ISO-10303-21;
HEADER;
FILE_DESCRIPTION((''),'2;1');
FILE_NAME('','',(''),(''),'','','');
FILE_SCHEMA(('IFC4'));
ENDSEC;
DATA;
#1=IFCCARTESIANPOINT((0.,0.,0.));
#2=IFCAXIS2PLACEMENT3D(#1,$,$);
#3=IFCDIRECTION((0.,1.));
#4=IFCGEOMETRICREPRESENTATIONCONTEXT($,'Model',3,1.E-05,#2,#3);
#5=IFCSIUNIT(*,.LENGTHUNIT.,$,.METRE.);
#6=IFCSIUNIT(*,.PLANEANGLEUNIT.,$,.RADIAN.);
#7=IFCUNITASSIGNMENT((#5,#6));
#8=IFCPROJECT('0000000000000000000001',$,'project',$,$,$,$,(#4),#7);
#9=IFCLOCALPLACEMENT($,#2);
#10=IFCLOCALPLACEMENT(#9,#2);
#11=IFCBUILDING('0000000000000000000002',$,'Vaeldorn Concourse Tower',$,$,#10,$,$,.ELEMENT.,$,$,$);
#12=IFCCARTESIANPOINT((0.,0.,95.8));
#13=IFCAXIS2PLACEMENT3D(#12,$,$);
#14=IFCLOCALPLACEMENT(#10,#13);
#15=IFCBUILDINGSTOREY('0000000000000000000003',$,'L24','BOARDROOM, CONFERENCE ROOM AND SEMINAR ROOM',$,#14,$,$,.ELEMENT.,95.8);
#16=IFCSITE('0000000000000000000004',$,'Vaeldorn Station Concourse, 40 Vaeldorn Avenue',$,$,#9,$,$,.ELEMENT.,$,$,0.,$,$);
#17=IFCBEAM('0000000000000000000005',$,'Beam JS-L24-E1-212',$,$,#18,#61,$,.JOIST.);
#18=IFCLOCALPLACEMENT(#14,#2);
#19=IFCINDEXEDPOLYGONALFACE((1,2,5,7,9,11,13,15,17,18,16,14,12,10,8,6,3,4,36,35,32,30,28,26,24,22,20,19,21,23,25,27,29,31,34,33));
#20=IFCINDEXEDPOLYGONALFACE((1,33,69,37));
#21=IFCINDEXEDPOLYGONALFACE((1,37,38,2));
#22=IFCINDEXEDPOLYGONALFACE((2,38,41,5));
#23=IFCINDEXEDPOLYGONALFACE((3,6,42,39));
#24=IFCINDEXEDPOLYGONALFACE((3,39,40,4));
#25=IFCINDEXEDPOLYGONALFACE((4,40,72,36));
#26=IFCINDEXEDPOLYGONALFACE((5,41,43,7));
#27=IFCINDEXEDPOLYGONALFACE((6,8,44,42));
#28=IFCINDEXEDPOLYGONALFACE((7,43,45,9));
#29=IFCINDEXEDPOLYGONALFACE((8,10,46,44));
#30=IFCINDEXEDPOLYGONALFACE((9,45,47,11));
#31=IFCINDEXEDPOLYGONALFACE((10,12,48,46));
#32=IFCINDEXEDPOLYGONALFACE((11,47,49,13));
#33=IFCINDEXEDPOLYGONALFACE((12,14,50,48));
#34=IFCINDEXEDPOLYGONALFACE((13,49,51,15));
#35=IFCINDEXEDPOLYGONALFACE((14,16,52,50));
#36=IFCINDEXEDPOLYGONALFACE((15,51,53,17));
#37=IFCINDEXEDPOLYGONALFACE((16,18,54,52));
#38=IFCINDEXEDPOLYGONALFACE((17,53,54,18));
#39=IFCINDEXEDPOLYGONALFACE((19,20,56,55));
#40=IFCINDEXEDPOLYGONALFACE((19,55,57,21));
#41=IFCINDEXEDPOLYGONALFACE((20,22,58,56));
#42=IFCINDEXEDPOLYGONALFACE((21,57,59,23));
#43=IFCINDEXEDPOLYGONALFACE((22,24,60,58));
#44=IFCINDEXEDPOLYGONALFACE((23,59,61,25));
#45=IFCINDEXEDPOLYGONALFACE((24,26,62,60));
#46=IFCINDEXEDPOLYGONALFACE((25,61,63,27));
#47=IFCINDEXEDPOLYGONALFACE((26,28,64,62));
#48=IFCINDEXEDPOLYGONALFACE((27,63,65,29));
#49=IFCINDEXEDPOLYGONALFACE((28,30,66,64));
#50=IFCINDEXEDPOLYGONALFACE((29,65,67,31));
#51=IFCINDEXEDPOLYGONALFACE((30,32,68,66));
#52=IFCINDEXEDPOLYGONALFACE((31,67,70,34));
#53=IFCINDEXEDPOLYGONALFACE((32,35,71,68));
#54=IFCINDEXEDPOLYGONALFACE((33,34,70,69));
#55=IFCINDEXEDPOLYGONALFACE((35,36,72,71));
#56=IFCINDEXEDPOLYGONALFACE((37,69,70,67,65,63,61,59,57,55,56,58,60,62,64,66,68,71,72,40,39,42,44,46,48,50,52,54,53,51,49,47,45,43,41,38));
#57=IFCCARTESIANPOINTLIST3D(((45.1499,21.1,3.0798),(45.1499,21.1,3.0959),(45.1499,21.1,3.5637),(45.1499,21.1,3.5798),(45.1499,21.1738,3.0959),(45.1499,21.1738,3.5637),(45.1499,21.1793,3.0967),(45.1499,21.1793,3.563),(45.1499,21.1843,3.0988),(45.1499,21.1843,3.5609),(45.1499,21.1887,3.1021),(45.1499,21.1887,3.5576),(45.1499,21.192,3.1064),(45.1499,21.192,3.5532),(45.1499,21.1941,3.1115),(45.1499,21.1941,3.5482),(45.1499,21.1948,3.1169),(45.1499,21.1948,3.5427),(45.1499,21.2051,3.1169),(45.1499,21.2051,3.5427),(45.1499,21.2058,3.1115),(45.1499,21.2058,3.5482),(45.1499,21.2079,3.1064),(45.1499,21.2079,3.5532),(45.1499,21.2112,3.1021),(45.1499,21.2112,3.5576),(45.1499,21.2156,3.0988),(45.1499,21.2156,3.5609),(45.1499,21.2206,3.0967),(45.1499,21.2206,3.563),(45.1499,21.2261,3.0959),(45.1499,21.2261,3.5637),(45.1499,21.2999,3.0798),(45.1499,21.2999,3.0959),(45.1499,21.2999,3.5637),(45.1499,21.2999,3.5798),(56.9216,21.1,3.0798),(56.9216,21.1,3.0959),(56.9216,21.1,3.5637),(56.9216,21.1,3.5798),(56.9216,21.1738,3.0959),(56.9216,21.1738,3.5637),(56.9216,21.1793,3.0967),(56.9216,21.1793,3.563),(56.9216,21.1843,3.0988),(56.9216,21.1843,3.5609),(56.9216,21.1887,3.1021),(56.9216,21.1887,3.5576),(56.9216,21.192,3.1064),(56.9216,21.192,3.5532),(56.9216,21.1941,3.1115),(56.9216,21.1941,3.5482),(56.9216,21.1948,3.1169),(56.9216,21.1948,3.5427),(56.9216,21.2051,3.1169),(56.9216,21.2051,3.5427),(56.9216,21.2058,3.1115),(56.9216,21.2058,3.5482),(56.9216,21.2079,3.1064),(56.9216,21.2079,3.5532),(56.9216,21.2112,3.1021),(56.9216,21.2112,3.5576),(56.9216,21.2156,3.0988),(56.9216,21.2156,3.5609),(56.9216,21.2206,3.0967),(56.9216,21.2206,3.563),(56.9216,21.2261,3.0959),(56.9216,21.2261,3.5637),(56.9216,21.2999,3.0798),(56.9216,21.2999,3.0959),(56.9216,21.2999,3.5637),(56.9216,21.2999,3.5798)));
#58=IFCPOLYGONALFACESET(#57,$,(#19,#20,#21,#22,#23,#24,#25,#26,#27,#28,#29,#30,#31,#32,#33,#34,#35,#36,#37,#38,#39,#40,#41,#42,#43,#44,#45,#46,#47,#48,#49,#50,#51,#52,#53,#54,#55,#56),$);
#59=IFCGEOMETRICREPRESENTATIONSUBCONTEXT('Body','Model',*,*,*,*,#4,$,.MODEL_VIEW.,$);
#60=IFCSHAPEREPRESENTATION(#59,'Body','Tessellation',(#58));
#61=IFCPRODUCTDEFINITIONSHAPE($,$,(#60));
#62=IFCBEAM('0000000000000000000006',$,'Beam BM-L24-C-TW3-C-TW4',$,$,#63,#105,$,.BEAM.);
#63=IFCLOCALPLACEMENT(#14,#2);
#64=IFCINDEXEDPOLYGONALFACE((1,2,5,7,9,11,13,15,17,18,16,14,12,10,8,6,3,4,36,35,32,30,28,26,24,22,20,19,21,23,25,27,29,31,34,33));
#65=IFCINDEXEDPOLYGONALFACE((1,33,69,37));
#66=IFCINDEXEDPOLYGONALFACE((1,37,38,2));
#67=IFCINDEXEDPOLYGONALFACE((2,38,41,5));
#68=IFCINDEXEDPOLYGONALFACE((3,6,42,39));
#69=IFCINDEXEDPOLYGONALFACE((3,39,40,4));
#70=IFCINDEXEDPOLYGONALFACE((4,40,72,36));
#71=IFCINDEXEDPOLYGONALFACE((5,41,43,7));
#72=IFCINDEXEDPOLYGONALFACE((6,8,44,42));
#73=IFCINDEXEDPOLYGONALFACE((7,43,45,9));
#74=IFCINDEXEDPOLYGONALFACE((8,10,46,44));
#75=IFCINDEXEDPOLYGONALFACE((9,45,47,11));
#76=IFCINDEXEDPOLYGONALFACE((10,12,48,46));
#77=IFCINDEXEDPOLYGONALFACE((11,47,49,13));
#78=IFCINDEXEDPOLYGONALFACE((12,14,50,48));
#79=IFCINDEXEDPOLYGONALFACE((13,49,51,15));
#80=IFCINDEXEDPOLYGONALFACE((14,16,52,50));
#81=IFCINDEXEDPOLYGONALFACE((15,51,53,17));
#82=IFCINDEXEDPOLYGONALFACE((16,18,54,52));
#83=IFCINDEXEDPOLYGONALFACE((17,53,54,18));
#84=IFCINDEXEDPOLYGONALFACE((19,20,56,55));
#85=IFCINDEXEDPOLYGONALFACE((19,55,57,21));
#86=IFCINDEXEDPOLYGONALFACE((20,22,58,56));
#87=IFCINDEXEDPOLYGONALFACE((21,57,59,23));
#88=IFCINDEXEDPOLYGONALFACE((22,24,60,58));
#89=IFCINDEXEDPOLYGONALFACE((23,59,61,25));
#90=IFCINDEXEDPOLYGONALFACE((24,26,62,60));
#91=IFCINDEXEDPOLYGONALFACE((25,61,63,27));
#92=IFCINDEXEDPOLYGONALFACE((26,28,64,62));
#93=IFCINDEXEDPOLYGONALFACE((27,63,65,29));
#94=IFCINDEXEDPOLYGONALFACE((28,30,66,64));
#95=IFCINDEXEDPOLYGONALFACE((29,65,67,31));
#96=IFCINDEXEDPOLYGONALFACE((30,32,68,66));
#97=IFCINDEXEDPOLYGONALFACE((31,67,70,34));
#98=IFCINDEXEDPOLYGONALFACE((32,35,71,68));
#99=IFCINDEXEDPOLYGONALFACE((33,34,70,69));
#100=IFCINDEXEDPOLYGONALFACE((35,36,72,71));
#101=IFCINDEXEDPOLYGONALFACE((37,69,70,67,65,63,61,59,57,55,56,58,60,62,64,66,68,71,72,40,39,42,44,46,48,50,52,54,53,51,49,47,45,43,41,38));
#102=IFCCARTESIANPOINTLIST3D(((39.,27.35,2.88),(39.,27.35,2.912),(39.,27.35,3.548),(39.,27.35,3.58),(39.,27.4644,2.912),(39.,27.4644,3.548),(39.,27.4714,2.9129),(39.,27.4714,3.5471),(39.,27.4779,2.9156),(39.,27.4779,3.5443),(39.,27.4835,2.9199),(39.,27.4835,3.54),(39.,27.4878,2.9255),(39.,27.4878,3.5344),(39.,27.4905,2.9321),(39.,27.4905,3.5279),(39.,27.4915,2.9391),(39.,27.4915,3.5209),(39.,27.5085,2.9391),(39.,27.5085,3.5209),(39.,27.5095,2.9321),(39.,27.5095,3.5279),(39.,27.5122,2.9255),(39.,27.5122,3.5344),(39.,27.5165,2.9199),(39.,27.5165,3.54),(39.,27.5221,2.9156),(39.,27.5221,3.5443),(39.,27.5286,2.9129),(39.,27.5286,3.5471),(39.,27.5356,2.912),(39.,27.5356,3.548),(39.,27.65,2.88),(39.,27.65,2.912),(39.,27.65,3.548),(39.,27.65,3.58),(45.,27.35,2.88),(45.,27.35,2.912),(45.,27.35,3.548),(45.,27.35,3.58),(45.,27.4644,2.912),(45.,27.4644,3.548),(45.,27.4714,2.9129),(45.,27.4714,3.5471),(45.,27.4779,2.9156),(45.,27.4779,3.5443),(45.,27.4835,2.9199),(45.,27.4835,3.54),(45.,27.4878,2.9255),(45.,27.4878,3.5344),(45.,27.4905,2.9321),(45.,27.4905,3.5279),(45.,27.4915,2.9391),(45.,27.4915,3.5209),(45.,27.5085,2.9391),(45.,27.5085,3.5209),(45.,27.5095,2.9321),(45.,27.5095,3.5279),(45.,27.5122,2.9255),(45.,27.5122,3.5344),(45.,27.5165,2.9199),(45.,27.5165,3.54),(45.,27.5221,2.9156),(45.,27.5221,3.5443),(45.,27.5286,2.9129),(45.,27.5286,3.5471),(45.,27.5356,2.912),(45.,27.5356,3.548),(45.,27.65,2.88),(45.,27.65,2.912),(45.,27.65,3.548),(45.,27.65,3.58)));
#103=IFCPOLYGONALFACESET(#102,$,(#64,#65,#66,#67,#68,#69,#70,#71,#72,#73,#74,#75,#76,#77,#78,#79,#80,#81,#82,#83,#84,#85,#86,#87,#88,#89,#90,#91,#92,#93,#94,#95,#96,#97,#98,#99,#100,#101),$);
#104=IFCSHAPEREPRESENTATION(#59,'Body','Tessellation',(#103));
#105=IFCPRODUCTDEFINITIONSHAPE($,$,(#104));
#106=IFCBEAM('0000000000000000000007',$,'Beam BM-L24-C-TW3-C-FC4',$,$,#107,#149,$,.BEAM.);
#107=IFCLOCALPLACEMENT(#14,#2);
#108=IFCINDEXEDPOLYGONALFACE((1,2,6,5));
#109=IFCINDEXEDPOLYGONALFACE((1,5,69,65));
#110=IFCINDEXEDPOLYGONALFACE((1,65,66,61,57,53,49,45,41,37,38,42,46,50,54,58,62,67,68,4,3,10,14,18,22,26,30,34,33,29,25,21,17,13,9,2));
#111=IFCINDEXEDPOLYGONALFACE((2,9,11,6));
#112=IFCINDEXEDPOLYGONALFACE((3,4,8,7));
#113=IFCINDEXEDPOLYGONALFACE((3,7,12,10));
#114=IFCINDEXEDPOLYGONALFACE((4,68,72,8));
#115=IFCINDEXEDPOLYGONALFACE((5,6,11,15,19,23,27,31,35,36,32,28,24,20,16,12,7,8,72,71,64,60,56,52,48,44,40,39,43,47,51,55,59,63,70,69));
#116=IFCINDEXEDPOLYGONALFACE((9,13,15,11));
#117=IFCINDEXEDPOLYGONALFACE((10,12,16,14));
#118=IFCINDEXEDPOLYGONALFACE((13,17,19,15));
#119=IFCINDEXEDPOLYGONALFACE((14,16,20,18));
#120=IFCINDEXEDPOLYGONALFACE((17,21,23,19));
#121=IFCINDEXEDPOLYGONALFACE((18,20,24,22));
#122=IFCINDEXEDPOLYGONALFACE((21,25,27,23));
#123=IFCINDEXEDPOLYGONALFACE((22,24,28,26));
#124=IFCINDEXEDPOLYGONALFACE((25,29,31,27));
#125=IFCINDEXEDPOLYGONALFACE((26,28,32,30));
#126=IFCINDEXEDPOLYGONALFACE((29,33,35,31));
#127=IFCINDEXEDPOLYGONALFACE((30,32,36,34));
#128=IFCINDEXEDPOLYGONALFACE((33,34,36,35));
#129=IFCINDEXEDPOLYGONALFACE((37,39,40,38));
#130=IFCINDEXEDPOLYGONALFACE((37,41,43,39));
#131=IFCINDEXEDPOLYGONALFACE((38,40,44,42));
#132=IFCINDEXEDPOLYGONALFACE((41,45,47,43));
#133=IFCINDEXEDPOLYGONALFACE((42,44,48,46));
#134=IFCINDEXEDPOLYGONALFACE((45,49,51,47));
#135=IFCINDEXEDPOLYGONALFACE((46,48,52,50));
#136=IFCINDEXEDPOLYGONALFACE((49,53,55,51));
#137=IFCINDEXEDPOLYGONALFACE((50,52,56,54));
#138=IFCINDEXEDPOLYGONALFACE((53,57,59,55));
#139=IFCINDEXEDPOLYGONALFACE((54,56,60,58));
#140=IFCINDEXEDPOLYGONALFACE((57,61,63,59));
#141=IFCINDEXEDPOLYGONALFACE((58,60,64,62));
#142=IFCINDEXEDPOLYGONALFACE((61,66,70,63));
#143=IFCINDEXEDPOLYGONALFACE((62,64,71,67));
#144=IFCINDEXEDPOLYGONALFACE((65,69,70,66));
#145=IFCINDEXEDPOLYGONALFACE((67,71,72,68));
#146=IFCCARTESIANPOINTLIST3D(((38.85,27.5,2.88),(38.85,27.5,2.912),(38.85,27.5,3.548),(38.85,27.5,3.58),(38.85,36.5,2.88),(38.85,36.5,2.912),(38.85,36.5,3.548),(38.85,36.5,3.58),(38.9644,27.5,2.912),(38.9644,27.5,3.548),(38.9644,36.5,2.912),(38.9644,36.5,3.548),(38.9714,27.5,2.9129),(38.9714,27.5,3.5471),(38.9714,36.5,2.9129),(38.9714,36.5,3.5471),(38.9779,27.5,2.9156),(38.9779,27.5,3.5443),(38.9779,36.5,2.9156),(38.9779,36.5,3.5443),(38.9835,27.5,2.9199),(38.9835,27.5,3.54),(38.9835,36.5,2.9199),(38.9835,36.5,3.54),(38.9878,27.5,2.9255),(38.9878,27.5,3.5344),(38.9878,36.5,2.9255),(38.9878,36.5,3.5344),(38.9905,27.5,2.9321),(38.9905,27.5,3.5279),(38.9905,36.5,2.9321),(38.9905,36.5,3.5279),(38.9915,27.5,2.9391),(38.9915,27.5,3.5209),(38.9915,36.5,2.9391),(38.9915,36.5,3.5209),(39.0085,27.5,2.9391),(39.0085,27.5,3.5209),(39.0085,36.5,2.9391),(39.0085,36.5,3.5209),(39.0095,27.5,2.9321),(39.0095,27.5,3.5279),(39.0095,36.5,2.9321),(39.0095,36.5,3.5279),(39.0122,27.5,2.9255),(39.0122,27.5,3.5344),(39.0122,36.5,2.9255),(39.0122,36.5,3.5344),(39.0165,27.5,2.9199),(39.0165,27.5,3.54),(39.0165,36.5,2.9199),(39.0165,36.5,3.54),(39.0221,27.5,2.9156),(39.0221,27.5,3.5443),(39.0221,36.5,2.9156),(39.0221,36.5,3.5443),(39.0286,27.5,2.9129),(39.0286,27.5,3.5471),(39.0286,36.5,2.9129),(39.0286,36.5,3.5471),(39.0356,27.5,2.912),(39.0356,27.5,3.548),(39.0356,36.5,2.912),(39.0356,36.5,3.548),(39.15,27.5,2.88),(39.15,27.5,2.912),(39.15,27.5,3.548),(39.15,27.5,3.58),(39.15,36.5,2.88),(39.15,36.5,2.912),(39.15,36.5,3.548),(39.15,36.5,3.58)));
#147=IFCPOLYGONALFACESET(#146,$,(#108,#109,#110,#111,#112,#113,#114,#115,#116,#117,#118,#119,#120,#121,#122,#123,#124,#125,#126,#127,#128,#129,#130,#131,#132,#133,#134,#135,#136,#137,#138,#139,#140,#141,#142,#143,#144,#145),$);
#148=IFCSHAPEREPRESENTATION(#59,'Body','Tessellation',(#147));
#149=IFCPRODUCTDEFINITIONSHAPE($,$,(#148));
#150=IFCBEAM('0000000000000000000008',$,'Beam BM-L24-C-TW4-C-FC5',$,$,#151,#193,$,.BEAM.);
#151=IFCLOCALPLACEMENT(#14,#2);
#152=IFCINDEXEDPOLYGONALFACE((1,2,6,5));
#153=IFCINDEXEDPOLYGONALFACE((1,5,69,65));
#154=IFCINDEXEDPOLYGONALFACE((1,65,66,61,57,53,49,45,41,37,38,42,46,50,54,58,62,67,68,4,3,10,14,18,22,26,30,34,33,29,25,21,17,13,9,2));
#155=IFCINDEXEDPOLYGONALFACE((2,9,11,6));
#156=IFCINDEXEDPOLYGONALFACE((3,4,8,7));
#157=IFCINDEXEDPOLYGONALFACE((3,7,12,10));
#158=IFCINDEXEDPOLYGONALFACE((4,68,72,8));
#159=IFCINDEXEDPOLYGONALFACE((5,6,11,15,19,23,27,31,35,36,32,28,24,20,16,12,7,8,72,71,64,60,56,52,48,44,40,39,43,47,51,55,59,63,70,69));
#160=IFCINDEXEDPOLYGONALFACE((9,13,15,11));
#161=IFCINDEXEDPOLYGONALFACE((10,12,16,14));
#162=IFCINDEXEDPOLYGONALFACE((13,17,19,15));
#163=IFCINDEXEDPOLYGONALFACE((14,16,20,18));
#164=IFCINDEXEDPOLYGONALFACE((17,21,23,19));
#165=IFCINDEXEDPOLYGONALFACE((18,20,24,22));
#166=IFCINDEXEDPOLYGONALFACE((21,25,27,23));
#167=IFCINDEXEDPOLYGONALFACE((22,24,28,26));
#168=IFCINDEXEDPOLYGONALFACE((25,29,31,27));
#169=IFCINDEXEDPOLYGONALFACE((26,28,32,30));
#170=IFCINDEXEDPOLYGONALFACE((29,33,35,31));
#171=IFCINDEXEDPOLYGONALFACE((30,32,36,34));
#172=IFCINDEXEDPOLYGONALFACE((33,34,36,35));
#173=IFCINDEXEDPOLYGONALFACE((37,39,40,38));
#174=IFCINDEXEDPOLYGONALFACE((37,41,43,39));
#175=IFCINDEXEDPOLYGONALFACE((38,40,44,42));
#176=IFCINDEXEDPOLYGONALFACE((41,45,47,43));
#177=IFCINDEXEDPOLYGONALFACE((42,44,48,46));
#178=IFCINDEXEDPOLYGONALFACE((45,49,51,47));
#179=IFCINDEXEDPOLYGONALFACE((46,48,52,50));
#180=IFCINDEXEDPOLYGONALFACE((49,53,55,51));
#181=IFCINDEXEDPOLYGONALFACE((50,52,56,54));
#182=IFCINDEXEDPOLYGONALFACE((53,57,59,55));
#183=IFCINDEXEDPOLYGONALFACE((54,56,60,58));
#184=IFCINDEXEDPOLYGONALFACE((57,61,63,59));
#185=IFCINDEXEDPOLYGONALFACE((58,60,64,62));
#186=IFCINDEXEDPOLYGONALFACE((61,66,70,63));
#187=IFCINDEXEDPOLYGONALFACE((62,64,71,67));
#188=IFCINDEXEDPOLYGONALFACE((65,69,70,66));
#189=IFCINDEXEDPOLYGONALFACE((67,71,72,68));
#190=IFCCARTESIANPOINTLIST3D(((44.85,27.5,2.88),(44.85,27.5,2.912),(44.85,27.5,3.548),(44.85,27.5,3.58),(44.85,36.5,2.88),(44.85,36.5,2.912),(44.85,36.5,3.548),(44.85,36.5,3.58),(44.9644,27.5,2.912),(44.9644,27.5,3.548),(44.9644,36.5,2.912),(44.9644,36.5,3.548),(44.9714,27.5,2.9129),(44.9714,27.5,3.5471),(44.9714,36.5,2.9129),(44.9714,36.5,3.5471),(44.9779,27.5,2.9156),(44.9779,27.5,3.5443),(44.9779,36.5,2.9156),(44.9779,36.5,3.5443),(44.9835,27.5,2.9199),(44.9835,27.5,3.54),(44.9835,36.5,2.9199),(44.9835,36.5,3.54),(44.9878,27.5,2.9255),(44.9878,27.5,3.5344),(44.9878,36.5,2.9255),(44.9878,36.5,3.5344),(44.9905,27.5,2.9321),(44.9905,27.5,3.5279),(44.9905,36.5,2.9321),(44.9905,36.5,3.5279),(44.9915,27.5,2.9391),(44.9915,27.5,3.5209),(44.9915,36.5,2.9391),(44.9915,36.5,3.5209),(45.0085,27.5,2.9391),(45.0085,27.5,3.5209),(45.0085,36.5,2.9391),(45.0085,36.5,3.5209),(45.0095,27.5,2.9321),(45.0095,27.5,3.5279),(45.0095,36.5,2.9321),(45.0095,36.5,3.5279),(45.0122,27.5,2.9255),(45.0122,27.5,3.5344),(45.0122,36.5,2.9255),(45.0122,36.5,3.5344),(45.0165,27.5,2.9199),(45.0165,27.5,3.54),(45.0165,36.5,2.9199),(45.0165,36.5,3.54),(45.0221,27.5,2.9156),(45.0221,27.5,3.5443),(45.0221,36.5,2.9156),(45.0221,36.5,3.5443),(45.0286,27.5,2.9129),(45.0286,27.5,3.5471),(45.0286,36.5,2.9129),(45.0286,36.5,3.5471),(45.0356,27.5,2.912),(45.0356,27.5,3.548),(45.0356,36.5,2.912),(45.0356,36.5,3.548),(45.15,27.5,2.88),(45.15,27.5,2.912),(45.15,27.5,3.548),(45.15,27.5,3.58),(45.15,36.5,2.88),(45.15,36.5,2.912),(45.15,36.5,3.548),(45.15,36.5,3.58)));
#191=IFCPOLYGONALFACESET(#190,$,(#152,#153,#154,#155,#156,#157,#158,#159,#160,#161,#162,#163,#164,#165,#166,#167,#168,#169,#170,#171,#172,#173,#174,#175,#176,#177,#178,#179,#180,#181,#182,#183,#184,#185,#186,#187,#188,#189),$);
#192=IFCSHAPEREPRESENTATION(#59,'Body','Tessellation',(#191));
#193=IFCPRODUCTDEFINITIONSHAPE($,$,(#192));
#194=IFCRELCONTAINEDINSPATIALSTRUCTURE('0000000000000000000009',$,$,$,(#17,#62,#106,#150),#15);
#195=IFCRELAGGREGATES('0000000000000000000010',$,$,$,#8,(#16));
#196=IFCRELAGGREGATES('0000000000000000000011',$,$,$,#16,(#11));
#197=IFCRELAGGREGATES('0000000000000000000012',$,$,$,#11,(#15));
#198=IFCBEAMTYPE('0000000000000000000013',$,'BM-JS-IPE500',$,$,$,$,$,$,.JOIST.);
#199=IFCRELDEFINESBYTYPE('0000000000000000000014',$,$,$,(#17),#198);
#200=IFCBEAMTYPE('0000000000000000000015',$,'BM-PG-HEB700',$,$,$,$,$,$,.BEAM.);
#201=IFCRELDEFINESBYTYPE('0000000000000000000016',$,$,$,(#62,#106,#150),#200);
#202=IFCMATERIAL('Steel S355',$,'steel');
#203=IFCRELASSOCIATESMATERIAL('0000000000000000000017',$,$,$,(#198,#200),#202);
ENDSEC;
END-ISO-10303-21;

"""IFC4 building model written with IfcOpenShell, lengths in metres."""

from ifc_helpers import new_model, si_unit, direction, frame, origin, origin_2d, place, context, subcontext, project, spatial, i_section, extrude, source, transform, mapped, material, material_profile, profile_set, type_object, element, save


model = new_model("IFC4")

# Units and contexts
model_context = context("Model", 3, precision=1e-05, world=origin(), true_north=direction((0.0, 1.0)))
body_context = subcontext(model_context, "Body", "Model", "MODEL_VIEW")
ifc_project = project(units=[si_unit("LENGTHUNIT", "METRE"), si_unit("PLANEANGLEUNIT", "RADIAN")], contexts=[model_context])

# Site, building, storey
site_placement = place(None, origin())
site = spatial("IfcSite", under=ifc_project, at=site_placement, Name="Vaeldorn Station Concourse, 40 Vaeldorn Avenue", CompositionType="ELEMENT", RefElevation=0.0)
building_placement = place(site_placement, origin())
building = spatial("IfcBuilding", under=site, at=building_placement, Name="Vaeldorn Concourse Tower", CompositionType="ELEMENT")
storey_placement = place(building_placement, frame((0.0, 0.0, 95.8)))
storey = spatial("IfcBuildingStorey", under=building, at=storey_placement, Name="L24", Description="BOARDROOM, CONFERENCE ROOM AND SEMINAR ROOM", CompositionType="ELEMENT", Elevation=95.8)

# Beams
ifc_material_1 = material(Name="Steel S355", Category="steel")
ifc_material_profile_1 = material_profile(ifc_material_1, i_section(OverallWidth=0.2, OverallDepth=0.5, WebThickness=0.0103, FlangeThickness=0.0161, FilletRadius=0.021, at=origin_2d()), Name="IPE 500")
ifc_profile_set_1 = profile_set([ifc_material_profile_1], Name="Steel S355")
beam_type_1 = type_object("IfcBeamType", Name="BM-JS-IPE500", PredefinedType="JOIST", material=ifc_profile_set_1)
shared_shape_1 = source(origin(), body_context, "Body", "SweptSolid", [
    extrude(i_section(OverallWidth=0.2, OverallDepth=0.5, WebThickness=0.0103, FlangeThickness=0.0161, FilletRadius=0.021, at=origin_2d()), origin(), (0.0, 0.0, 1.0), 11.7717),
])
beam_1_placement = place(storey_placement, frame((45.1499, 21.2, 3.3298), z_axis=(1.0, 0.0, 0.0), x_axis=(0.0, 1.0, 0.0)))
element("IfcBeam", 1, at=beam_1_placement, inside=storey, type_object=beam_type_1, Name="Beam JS-L24-E1-212", PredefinedType="JOIST", context=body_context, shape_type="MappedRepresentation", body=[
    mapped(shared_shape_1, transform((0.0, 0.0, 0.0), scale=1.0)),
])
ifc_material_profile_2 = material_profile(ifc_material_1, i_section(OverallWidth=0.3, OverallDepth=0.7, WebThickness=0.0171, FlangeThickness=0.032, FilletRadius=0.0271, at=origin_2d()), Name="HEB 700")
ifc_profile_set_2 = profile_set([ifc_material_profile_2], Name="Steel S355")
beam_type_2 = type_object("IfcBeamType", Name="BM-PG-HEB700", PredefinedType="BEAM", material=ifc_profile_set_2)
shared_shape_2 = source(origin(), body_context, "Body", "SweptSolid", [
    extrude(i_section(OverallWidth=0.3, OverallDepth=0.7, WebThickness=0.0171, FlangeThickness=0.032, FilletRadius=0.0271, at=origin_2d()), origin(), (0.0, 0.0, 1.0), 6.0),
])
beam_2_placement = place(storey_placement, frame((39.0, 27.5, 3.23), z_axis=(1.0, 0.0, 0.0), x_axis=(0.0, 1.0, 0.0)))
element("IfcBeam", 2, at=beam_2_placement, inside=storey, type_object=beam_type_2, Name="Beam BM-L24-C-TW3-C-TW4", PredefinedType="BEAM", context=body_context, shape_type="MappedRepresentation", body=[
    mapped(shared_shape_2, transform((0.0, 0.0, 0.0), scale=1.0)),
])
shared_shape_3 = source(origin(), body_context, "Body", "SweptSolid", [
    extrude(i_section(OverallWidth=0.3, OverallDepth=0.7, WebThickness=0.0171, FlangeThickness=0.032, FilletRadius=0.0271, at=origin_2d()), origin(), (0.0, 0.0, 1.0), 9.0),
])
for number, where, z_axis, x_axis, name in (
    (3, (39.0, 27.5, 3.23), (0.0, 1.0, 0.0), (-1.0, 0.0, 0.0), "Beam BM-L24-C-TW3-C-FC4"),
    (4, (45.0, 27.5, 3.23), (0.0, 1.0, 0.0), (-1.0, 0.0, 0.0), "Beam BM-L24-C-TW4-C-FC5"),
):
    element("IfcBeam", number, at=place(storey_placement, frame(where, z_axis=z_axis, x_axis=x_axis)), inside=storey, type_object=beam_type_2, Name=name, PredefinedType="BEAM", context=body_context, shape_type="MappedRepresentation", body=[
        mapped(shared_shape_3, transform((0.0, 0.0, 0.0), scale=1.0)),
    ])

save(model, "model.ifc")
